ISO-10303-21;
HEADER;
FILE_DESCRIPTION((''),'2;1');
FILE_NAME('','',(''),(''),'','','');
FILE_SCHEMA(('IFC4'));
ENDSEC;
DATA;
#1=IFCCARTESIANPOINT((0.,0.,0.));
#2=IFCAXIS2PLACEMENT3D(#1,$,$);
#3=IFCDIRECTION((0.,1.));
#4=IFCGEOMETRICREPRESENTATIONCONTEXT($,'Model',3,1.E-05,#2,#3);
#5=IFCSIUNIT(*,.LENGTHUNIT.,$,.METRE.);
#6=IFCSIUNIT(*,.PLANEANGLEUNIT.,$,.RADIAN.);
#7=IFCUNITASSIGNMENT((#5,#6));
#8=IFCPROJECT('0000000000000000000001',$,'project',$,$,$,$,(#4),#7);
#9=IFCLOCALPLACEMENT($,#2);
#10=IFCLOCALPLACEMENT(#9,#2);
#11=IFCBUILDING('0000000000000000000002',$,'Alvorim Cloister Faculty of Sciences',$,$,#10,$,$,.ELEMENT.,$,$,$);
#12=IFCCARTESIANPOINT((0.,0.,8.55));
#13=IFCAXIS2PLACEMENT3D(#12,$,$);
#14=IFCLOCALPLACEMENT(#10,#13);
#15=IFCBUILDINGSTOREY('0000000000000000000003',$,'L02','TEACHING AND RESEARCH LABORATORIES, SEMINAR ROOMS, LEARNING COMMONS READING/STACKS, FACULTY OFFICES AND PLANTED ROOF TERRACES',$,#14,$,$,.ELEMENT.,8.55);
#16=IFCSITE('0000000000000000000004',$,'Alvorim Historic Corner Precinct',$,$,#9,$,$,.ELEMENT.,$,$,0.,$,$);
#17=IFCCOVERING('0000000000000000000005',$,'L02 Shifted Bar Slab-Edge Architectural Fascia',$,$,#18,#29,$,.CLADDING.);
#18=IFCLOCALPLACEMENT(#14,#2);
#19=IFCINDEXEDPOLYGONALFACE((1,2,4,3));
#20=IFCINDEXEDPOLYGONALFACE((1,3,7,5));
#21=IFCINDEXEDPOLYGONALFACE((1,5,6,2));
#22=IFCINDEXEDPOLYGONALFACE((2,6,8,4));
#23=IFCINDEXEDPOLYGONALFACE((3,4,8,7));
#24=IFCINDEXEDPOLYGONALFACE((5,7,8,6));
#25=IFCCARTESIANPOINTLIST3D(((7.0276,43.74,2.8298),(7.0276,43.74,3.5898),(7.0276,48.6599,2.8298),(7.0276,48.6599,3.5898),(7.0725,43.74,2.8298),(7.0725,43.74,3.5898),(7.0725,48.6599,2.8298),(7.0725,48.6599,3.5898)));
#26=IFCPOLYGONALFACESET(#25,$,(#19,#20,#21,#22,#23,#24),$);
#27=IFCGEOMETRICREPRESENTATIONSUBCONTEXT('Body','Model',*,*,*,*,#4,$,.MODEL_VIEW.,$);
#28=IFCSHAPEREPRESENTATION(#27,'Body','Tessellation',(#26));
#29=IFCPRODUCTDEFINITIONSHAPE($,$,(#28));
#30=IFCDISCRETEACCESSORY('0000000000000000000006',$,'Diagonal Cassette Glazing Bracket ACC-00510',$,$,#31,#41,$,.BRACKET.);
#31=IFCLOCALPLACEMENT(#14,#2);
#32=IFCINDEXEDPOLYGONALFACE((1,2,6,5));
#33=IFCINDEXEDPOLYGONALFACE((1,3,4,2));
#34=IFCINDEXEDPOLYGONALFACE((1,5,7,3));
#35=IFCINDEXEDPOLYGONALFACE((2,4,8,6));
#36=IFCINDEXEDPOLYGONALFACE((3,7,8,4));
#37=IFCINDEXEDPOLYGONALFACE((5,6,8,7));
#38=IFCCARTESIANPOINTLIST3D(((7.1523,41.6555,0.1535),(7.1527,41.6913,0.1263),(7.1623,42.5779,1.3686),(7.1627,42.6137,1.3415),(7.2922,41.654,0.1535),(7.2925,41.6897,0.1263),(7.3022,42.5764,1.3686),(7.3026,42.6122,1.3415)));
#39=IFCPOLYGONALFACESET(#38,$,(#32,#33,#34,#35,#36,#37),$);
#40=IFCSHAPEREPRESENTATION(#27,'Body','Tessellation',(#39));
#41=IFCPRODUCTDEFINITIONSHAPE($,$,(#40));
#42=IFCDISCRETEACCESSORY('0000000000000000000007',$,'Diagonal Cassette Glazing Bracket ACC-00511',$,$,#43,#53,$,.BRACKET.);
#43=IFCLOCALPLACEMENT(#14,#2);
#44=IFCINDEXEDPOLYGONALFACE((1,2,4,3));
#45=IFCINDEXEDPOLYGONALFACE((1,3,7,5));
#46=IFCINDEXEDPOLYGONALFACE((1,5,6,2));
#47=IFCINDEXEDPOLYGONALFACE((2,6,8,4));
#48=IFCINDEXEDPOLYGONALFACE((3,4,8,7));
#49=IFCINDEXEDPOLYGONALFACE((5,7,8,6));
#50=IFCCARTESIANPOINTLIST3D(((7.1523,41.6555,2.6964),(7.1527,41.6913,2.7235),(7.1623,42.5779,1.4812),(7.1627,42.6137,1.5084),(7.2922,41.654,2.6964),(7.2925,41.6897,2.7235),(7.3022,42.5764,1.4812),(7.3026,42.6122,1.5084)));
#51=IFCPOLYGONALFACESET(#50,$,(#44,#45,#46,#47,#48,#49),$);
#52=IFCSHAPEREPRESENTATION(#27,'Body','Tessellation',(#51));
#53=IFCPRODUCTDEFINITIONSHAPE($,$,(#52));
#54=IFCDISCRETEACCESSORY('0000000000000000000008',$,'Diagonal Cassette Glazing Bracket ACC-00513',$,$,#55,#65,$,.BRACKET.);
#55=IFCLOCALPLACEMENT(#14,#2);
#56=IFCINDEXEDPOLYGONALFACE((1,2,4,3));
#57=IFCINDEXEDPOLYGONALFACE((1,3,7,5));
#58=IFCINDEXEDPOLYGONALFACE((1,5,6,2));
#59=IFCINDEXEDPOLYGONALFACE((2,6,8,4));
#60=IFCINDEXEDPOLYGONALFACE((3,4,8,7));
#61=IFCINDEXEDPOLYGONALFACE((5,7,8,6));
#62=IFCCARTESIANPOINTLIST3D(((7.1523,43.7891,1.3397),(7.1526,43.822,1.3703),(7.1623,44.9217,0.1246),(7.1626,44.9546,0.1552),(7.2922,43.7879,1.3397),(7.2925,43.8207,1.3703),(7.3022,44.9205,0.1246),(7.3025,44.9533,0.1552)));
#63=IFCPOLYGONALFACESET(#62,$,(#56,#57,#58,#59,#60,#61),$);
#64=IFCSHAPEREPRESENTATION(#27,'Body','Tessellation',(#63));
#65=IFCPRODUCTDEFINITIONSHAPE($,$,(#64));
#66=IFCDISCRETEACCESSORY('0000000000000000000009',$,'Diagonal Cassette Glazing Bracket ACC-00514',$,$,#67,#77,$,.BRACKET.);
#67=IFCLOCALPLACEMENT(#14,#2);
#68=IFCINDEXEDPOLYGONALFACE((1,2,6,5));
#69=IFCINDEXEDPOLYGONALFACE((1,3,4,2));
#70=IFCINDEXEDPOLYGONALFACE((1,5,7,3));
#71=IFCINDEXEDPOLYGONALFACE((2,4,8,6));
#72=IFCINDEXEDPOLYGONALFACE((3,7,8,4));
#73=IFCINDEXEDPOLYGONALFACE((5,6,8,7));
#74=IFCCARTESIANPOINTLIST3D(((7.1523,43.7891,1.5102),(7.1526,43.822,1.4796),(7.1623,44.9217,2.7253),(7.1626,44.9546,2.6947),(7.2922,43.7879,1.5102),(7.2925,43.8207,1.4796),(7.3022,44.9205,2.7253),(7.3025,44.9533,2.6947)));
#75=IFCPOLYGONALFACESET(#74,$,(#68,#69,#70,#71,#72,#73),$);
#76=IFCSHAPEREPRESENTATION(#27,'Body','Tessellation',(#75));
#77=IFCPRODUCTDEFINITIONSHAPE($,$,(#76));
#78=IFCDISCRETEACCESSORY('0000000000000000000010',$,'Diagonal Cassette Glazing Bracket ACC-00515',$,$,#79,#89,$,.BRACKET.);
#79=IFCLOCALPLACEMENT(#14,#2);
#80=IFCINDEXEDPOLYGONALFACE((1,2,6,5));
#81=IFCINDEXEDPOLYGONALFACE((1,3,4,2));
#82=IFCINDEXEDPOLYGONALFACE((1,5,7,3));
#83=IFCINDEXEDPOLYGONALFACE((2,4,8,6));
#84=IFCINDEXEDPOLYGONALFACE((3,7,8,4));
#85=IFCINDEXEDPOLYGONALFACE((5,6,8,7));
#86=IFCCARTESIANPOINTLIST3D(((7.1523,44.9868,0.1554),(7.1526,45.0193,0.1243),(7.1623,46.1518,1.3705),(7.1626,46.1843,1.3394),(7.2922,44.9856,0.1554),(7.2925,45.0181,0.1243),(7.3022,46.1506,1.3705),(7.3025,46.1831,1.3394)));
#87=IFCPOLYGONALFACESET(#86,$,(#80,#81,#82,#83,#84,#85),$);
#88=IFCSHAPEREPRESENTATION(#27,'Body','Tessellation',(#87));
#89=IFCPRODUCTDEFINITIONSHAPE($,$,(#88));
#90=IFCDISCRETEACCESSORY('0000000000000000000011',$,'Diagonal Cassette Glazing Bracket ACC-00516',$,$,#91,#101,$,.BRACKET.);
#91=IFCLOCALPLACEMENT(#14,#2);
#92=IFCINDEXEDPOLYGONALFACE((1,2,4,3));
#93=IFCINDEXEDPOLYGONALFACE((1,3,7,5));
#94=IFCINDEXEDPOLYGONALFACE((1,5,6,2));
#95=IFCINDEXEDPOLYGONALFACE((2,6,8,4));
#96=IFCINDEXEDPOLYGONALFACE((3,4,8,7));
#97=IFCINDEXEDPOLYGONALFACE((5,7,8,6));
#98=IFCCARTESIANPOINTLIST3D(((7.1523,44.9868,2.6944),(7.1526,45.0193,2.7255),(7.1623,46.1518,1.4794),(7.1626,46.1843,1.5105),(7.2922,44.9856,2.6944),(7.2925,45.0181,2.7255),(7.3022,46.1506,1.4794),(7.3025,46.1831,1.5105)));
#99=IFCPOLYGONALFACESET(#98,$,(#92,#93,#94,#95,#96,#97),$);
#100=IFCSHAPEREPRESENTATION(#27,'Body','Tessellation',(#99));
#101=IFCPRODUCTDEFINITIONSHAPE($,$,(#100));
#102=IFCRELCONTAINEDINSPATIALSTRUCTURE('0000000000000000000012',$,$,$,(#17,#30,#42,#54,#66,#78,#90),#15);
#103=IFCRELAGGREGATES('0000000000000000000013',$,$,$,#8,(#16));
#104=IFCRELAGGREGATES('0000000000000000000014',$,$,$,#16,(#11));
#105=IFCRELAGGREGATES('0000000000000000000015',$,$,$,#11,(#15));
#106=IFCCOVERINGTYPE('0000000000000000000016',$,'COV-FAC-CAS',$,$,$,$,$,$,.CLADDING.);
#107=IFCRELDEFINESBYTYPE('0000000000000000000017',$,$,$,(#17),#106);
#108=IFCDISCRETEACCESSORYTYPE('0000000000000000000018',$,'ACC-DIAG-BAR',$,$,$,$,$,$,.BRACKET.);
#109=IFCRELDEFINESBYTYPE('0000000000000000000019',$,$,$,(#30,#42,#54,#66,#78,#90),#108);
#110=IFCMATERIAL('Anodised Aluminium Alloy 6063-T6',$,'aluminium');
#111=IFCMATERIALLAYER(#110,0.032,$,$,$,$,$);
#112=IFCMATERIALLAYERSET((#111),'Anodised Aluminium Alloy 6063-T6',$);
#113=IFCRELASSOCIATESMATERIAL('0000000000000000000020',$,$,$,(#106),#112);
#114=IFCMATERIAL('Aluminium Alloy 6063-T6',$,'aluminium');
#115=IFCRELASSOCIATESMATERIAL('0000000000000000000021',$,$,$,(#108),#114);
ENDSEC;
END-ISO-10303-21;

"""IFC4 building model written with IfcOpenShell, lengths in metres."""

from ifc_helpers import new_model, si_unit, direction, frame, origin, origin_2d, place, context, subcontext, project, spatial, polyline, rectangle, outline, extrude, material, layer, layer_set, type_object, element, save


model = new_model("IFC4")

# Units and contexts
model_context = context("Model", 3, precision=1e-05, world=origin(), true_north=direction((0.0, 1.0)))
body_context = subcontext(model_context, "Body", "Model", "MODEL_VIEW")
ifc_project = project(units=[si_unit("LENGTHUNIT", "METRE"), si_unit("PLANEANGLEUNIT", "RADIAN")], contexts=[model_context])

# Site, building, storey
site_placement = place(None, origin())
site = spatial("IfcSite", under=ifc_project, at=site_placement, Name="Alvorim Historic Corner Precinct", CompositionType="ELEMENT", RefElevation=0.0)
building_placement = place(site_placement, origin())
building = spatial("IfcBuilding", under=site, at=building_placement, Name="Alvorim Cloister Faculty of Sciences", CompositionType="ELEMENT")
storey_placement = place(building_placement, frame((0.0, 0.0, 8.55)))
storey = spatial("IfcBuildingStorey", under=building, at=storey_placement, Name="L02", Description="TEACHING AND RESEARCH LABORATORIES, SEMINAR ROOMS, LEARNING COMMONS READING/STACKS, FACULTY OFFICES AND PLANTED ROOF TERRACES", CompositionType="ELEMENT", Elevation=8.55)

# Shared definitions
ifc_material_1 = material(Name="Aluminium Alloy 6063-T6", Category="aluminium")

# Covering
ifc_material_2 = material(Name="Anodised Aluminium Alloy 6063-T6", Category="aluminium")
ifc_layer_1 = layer(ifc_material_2, 0.032)
ifc_layer_set_1 = layer_set([ifc_layer_1], Name="Anodised Aluminium Alloy 6063-T6")
covering_type = type_object("IfcCoveringType", Name="COV-FAC-CAS", PredefinedType="CLADDING", material=ifc_layer_set_1)
covering_placement = place(storey_placement, frame((7.05, 43.74, 2.8298), z_axis=(0.0, 0.0, 1.0), x_axis=(0.0, 1.0, 0.0)))
element("IfcCovering", 1, at=covering_placement, inside=storey, type_object=covering_type, Name="L02 Shifted Bar Slab-Edge Architectural Fascia", PredefinedType="CLADDING", context=body_context, shape_type="SweptSolid", body=[
    extrude(outline(polyline([(0.0, 0.0), (4.9199, 0.0), (4.9199, 0.76), (0.0, 0.76), (0.0, 0.0)])), frame((0.0, 0.0225, 0.0), z_axis=(0.0, -1.0, 0.0), x_axis=(1.0, 0.0, 0.0)), (0.0, 0.0, 1.0), 0.0449),
])

# Discrete accessories
discrete_accessory_type = type_object("IfcDiscreteAccessoryType", Name="ACC-DIAG-BAR", PredefinedType="BRACKET", material=ifc_material_1)
for number, where, z_axis, x_axis, name in (
    (2, (7.2224, 41.6726, 0.1399), (0.006561, 0.604612, 0.796493), (-0.999941, 0.010852, 0.0), "Diagonal Cassette Glazing Bracket ACC-00510"),
    (3, (7.2224, 41.6726, 2.71), (0.006561, 0.604612, -0.796493), (-0.999941, 0.010852, 0.0), "Diagonal Cassette Glazing Bracket ACC-00511"),
):
    element("IfcDiscreteAccessory", number, at=place(storey_placement, frame(where, z_axis=z_axis, x_axis=x_axis)), inside=storey, type_object=discrete_accessory_type, Name=name, PredefinedType="BRACKET", context=body_context, shape_type="SweptSolid", body=[
        extrude(rectangle(XDim=0.1399, YDim=0.0449, at=origin_2d()), origin(), (0.0, 0.0, 1.0), 1.5256),
    ])
for number, where, z_axis, x_axis, name in (
    (4, (7.2224, 43.8049, 1.355), (0.006026, 0.681819, -0.731496), (-0.999961, 0.008838, 0.0), "Diagonal Cassette Glazing Bracket ACC-00513"),
    (5, (7.2224, 43.8049, 1.4949), (0.006026, 0.681819, 0.731496), (-0.999961, 0.008838, 0.0), "Diagonal Cassette Glazing Bracket ACC-00514"),
):
    element("IfcDiscreteAccessory", number, at=place(storey_placement, frame(where, z_axis=z_axis, x_axis=x_axis)), inside=storey, type_object=discrete_accessory_type, Name=name, PredefinedType="BRACKET", context=body_context, shape_type="SweptSolid", body=[
        extrude(rectangle(XDim=0.1399, YDim=0.0449, at=origin_2d()), origin(), (0.0, 0.0, 1.0), 1.6611),
    ])
for number, where, z_axis, x_axis, name in (
    (6, (7.2224, 45.0024, 0.1399), (0.005946, 0.692073, 0.721803), (-0.999963, 0.008591, 0.0), "Diagonal Cassette Glazing Bracket ACC-00515"),
    (7, (7.2224, 45.0024, 2.71), (0.005946, 0.692073, -0.721803), (-0.999963, 0.008591, 0.0), "Diagonal Cassette Glazing Bracket ACC-00516"),
):
    element("IfcDiscreteAccessory", number, at=place(storey_placement, frame(where, z_axis=z_axis, x_axis=x_axis)), inside=storey, type_object=discrete_accessory_type, Name=name, PredefinedType="BRACKET", context=body_context, shape_type="SweptSolid", body=[
        extrude(rectangle(XDim=0.1399, YDim=0.0449, at=origin_2d()), origin(), (0.0, 0.0, 1.0), 1.6833),
    ])

save(model, "model.ifc")
